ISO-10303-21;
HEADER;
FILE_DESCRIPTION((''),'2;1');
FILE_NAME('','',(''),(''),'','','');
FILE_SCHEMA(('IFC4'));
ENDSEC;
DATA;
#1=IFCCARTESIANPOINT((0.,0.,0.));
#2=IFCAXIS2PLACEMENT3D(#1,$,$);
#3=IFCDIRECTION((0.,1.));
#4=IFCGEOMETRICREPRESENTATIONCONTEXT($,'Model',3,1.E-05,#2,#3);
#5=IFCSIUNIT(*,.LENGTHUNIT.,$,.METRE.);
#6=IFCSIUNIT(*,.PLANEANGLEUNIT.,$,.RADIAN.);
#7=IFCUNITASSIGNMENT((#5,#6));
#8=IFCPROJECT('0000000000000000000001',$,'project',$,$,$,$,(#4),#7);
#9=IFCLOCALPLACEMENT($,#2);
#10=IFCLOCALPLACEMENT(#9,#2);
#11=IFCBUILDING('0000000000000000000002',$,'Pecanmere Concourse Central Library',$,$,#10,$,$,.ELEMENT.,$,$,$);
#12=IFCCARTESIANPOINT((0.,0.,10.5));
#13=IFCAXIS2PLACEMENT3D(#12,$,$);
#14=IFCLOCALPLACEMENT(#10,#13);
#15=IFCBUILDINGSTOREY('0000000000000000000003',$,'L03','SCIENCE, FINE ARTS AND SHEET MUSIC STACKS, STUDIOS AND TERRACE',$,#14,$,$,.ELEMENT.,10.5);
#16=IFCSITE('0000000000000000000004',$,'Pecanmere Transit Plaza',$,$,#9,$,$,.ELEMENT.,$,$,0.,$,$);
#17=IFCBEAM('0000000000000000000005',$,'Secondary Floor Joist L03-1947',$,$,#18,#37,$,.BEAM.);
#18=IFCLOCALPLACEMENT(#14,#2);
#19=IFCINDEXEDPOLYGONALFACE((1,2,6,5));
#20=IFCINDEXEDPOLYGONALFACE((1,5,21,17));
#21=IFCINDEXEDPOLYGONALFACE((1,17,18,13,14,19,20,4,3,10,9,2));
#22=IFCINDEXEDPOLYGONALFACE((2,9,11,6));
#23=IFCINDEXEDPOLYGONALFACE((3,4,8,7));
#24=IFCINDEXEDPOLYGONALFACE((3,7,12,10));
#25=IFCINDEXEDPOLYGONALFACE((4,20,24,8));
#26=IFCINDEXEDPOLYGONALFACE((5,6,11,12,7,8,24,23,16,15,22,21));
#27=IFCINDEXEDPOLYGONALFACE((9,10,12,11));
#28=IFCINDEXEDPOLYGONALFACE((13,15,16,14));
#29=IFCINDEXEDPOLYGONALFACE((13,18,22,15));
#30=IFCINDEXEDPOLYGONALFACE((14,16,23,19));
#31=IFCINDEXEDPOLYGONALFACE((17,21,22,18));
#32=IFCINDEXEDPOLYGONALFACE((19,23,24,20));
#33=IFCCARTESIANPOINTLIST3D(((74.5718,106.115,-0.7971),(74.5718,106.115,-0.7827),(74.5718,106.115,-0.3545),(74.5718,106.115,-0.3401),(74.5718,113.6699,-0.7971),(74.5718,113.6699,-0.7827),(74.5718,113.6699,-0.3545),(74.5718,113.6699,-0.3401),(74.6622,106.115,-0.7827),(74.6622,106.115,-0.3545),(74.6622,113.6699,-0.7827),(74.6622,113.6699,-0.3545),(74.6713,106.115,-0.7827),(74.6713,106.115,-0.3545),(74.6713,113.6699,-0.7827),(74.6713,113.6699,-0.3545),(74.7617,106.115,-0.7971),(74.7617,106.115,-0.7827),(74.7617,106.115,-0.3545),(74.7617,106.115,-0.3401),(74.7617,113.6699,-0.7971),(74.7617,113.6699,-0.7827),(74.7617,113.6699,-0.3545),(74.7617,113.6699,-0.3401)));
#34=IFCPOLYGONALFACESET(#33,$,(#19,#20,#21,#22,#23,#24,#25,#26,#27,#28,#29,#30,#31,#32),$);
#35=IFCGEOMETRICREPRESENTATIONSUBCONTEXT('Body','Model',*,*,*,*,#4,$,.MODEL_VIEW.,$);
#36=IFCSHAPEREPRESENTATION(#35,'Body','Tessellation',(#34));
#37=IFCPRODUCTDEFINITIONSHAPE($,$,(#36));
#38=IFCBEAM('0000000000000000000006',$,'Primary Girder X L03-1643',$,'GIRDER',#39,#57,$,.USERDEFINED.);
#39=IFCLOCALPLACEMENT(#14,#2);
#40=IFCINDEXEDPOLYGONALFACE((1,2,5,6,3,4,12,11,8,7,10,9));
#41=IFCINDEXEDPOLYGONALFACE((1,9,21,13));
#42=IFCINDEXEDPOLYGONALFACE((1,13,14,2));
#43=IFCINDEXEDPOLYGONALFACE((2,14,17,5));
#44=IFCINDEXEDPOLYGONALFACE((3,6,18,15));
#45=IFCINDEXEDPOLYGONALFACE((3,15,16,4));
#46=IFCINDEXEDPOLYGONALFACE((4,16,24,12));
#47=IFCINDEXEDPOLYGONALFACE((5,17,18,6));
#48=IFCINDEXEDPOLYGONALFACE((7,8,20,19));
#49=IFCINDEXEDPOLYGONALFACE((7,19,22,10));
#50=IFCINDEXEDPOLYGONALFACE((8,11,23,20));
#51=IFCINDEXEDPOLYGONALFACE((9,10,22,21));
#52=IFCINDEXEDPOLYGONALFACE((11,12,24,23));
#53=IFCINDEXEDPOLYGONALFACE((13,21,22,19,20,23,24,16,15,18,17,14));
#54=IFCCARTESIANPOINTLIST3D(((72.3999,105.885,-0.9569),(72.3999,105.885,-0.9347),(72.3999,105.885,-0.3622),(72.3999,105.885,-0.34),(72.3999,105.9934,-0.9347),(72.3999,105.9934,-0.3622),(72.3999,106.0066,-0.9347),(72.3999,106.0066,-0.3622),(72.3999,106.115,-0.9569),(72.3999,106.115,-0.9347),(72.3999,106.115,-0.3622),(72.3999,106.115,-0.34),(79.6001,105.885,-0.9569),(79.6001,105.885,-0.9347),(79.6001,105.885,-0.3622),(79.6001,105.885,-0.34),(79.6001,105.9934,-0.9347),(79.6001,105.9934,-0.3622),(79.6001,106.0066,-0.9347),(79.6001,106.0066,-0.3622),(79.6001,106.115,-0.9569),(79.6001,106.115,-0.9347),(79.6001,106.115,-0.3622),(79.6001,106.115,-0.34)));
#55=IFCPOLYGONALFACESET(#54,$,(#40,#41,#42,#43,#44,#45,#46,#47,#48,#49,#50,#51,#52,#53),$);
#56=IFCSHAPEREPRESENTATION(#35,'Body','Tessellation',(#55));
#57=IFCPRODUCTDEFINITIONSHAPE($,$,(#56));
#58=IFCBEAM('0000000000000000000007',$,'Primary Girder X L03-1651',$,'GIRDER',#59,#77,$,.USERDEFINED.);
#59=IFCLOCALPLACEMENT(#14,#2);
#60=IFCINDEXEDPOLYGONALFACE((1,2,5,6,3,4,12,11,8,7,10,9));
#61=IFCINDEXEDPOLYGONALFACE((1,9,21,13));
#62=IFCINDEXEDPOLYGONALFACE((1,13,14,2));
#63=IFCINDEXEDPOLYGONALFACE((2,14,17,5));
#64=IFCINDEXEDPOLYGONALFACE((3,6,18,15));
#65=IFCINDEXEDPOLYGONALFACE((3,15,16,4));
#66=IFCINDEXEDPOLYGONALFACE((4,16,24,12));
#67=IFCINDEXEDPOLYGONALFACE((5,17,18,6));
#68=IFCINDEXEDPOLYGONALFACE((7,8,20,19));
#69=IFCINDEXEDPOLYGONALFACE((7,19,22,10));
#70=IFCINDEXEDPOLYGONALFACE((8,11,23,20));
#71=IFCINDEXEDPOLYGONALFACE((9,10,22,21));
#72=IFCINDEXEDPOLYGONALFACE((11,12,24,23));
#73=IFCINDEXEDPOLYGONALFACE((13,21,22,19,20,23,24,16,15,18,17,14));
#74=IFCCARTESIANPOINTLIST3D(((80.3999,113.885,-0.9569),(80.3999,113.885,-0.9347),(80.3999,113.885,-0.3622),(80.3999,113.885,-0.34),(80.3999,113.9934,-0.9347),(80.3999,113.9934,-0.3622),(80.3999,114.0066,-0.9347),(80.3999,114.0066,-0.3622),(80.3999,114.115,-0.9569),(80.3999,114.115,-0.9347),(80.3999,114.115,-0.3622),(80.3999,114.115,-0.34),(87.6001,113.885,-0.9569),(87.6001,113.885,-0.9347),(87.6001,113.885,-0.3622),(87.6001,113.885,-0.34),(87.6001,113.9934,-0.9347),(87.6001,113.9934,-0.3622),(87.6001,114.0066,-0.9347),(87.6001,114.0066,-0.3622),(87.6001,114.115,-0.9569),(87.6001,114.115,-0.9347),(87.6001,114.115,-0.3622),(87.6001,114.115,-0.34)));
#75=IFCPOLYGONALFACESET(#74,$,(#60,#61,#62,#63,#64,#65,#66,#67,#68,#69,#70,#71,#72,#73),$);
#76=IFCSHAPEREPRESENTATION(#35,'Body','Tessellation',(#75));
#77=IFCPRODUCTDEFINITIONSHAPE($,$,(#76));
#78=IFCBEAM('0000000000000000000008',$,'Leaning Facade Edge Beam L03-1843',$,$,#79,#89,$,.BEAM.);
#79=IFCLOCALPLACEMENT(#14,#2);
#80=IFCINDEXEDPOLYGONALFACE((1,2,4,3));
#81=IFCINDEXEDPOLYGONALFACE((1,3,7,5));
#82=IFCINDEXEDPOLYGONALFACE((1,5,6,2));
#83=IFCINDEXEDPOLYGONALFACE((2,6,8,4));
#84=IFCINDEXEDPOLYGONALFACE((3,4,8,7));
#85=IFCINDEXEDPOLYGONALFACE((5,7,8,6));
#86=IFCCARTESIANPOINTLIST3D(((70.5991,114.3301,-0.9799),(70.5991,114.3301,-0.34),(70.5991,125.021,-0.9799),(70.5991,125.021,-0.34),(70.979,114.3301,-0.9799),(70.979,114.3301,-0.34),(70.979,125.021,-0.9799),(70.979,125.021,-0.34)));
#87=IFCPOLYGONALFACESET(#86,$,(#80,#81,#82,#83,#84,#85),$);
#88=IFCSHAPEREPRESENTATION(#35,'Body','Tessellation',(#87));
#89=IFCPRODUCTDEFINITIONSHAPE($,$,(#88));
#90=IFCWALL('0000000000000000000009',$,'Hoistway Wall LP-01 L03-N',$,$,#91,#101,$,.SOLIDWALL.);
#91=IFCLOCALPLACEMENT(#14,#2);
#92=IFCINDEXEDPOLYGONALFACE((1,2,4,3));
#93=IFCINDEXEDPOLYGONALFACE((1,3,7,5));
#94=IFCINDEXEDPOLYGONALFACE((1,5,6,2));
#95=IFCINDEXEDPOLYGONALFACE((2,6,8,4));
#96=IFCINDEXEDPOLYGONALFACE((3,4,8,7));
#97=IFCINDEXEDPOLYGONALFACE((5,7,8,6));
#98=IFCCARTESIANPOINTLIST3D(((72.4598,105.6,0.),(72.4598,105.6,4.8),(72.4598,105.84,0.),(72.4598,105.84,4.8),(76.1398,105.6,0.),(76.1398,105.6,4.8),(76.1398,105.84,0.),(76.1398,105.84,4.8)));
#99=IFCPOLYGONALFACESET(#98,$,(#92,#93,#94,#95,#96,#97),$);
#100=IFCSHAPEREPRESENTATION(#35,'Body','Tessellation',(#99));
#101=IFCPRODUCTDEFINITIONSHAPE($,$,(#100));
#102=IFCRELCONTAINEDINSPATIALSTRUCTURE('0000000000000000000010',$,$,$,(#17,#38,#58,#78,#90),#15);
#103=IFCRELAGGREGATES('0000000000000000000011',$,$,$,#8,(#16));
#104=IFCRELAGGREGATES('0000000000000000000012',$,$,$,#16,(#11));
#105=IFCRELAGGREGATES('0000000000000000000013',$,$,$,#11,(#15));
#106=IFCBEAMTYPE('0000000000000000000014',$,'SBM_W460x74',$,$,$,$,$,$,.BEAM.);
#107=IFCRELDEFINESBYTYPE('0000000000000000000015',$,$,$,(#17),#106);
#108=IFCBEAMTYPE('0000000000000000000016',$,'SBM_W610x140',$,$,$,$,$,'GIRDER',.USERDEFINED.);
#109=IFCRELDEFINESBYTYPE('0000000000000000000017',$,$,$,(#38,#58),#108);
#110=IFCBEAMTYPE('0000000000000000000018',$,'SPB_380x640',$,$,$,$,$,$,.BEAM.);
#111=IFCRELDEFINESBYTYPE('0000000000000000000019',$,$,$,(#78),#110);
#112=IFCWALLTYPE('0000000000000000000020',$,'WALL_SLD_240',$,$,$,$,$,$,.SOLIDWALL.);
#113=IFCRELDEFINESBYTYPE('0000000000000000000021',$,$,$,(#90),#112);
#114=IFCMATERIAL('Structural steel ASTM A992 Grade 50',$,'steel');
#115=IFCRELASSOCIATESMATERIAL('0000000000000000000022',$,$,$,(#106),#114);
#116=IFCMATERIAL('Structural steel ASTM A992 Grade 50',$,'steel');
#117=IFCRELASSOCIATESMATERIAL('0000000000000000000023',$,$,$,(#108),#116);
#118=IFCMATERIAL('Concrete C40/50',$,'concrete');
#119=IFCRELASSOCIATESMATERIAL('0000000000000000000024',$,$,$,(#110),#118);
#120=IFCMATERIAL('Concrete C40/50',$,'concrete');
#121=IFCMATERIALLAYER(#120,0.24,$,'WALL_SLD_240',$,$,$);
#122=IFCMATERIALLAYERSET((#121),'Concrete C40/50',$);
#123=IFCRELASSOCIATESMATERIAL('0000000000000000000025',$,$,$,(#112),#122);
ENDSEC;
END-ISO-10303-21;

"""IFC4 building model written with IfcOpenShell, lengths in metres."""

from ifc_helpers import new_model, si_unit, direction, frame, frame_2d, origin, origin_2d, place, context, subcontext, project, spatial, rectangle, i_section, extrude, material, layer, layer_set, material_profile, profile_set, type_object, element, save


model = new_model("IFC4")

# Units and contexts
model_context = context("Model", 3, precision=1e-05, world=origin(), true_north=direction((0.0, 1.0)))
body_context = subcontext(model_context, "Body", "Model", "MODEL_VIEW")
ifc_project = project(units=[si_unit("LENGTHUNIT", "METRE"), si_unit("PLANEANGLEUNIT", "RADIAN")], contexts=[model_context])

# Site, building, storey
site_placement = place(None, origin())
site = spatial("IfcSite", under=ifc_project, at=site_placement, Name="Pecanmere Transit Plaza", CompositionType="ELEMENT", RefElevation=0.0)
building_placement = place(site_placement, origin())
building = spatial("IfcBuilding", under=site, at=building_placement, Name="Pecanmere Concourse Central Library", CompositionType="ELEMENT")
storey_placement = place(building_placement, frame((0.0, 0.0, 10.5)))
storey = spatial("IfcBuildingStorey", under=building, at=storey_placement, Name="L03", Description="SCIENCE, FINE ARTS AND SHEET MUSIC STACKS, STUDIOS AND TERRACE", CompositionType="ELEMENT", Elevation=10.5)

# Beams
ifc_material_1 = material(Name="Structural steel ASTM A992 Grade 50", Category="steel")
ifc_material_profile_1 = material_profile(ifc_material_1, i_section(OverallWidth=0.1899, OverallDepth=0.457, WebThickness=0.009, FlangeThickness=0.0144, at=origin_2d()), Name="W460x74")
ifc_profile_set_1 = profile_set([ifc_material_profile_1], Name="Structural steel ASTM A992 Grade 50")
beam_type_1 = type_object("IfcBeamType", Name="SBM_W460x74", PredefinedType="BEAM", material=ifc_profile_set_1)
beam_1_placement = place(storey_placement, frame((74.6667, 106.115, -0.5686), z_axis=(0.0, 1.0, 0.0), x_axis=(-1.0, 0.0, 0.0)))
element("IfcBeam", 1, at=beam_1_placement, inside=storey, type_object=beam_type_1, Name="Secondary Floor Joist L03-1947", PredefinedType="BEAM", context=body_context, shape_type="SweptSolid", body=[
    extrude(i_section(OverallWidth=0.1899, OverallDepth=0.457, WebThickness=0.009, FlangeThickness=0.0144, at=origin_2d()), origin(), (0.0, 0.0, 1.0), 7.5549),
])
ifc_material_2 = material(Name="Structural steel ASTM A992 Grade 50", Category="steel")
ifc_material_profile_2 = material_profile(ifc_material_2, i_section(OverallWidth=0.23, OverallDepth=0.6169, WebThickness=0.0132, FlangeThickness=0.0222, at=origin_2d()), Name="W610x140")
ifc_profile_set_2 = profile_set([ifc_material_profile_2], Name="Structural steel ASTM A992 Grade 50")
beam_type_2 = type_object("IfcBeamType", Name="SBM_W610x140", ElementType="GIRDER", PredefinedType="USERDEFINED", material=ifc_profile_set_2)
for number, where, z_axis, x_axis, name in (
    (2, (72.3999, 106.0, -0.6484), (1.0, 0.0, 0.0), (0.0, 1.0, 0.0), "Primary Girder X L03-1643"),
    (3, (80.3999, 114.0, -0.6484), (1.0, 0.0, 0.0), (0.0, 1.0, 0.0), "Primary Girder X L03-1651"),
):
    element("IfcBeam", number, at=place(storey_placement, frame(where, z_axis=z_axis, x_axis=x_axis)), inside=storey, type_object=beam_type_2, Name=name, ObjectType="GIRDER", PredefinedType="USERDEFINED", context=body_context, shape_type="SweptSolid", body=[
        extrude(i_section(OverallWidth=0.23, OverallDepth=0.6169, WebThickness=0.0132, FlangeThickness=0.0222, at=origin_2d()), origin(), (0.0, 0.0, 1.0), 7.2002),
    ])
ifc_material_3 = material(Name="Concrete C40/50", Category="concrete")
ifc_material_profile_3 = material_profile(ifc_material_3, rectangle(XDim=0.3799, YDim=0.6399, at=origin_2d()), Name="RC 380x640")
ifc_profile_set_3 = profile_set([ifc_material_profile_3], Name="Concrete C40/50")
beam_type_3 = type_object("IfcBeamType", Name="SPB_380x640", PredefinedType="BEAM", material=ifc_profile_set_3)
beam_2_placement = place(storey_placement, frame((70.7891, 114.3301, -0.6599), z_axis=(0.0, 1.0, 0.0), x_axis=(-1.0, 0.0, 0.0)))
element("IfcBeam", 4, at=beam_2_placement, inside=storey, type_object=beam_type_3, Name="Leaning Facade Edge Beam L03-1843", PredefinedType="BEAM", context=body_context, shape_type="SweptSolid", body=[
    extrude(rectangle(XDim=0.3799, YDim=0.6399, at=origin_2d()), origin(), (0.0, 0.0, 1.0), 10.6909),
])

# Wall
ifc_material_4 = material(Name="Concrete C40/50", Category="concrete")
ifc_layer = layer(ifc_material_4, 0.24, Name="WALL_SLD_240")
ifc_layer_set = layer_set([ifc_layer], Name="Concrete C40/50")
wall_type = type_object("IfcWallType", Name="WALL_SLD_240", PredefinedType="SOLIDWALL", material=ifc_layer_set)
wall_placement = place(storey_placement, frame((72.46, 105.72, 0.0), z_axis=(0.0, 0.0, 1.0), x_axis=(1.0, 0.0, 0.0)))
element("IfcWall", 5, at=wall_placement, inside=storey, type_object=wall_type, Name="Hoistway Wall LP-01 L03-N", PredefinedType="SOLIDWALL", context=body_context, shape_type="SweptSolid", body=[
    extrude(rectangle(XDim=3.6799, YDim=0.24, at=frame_2d((1.8398, 0.0))), origin(), (0.0, 0.0, 1.0), 4.8),
])

save(model, "model.ifc")
